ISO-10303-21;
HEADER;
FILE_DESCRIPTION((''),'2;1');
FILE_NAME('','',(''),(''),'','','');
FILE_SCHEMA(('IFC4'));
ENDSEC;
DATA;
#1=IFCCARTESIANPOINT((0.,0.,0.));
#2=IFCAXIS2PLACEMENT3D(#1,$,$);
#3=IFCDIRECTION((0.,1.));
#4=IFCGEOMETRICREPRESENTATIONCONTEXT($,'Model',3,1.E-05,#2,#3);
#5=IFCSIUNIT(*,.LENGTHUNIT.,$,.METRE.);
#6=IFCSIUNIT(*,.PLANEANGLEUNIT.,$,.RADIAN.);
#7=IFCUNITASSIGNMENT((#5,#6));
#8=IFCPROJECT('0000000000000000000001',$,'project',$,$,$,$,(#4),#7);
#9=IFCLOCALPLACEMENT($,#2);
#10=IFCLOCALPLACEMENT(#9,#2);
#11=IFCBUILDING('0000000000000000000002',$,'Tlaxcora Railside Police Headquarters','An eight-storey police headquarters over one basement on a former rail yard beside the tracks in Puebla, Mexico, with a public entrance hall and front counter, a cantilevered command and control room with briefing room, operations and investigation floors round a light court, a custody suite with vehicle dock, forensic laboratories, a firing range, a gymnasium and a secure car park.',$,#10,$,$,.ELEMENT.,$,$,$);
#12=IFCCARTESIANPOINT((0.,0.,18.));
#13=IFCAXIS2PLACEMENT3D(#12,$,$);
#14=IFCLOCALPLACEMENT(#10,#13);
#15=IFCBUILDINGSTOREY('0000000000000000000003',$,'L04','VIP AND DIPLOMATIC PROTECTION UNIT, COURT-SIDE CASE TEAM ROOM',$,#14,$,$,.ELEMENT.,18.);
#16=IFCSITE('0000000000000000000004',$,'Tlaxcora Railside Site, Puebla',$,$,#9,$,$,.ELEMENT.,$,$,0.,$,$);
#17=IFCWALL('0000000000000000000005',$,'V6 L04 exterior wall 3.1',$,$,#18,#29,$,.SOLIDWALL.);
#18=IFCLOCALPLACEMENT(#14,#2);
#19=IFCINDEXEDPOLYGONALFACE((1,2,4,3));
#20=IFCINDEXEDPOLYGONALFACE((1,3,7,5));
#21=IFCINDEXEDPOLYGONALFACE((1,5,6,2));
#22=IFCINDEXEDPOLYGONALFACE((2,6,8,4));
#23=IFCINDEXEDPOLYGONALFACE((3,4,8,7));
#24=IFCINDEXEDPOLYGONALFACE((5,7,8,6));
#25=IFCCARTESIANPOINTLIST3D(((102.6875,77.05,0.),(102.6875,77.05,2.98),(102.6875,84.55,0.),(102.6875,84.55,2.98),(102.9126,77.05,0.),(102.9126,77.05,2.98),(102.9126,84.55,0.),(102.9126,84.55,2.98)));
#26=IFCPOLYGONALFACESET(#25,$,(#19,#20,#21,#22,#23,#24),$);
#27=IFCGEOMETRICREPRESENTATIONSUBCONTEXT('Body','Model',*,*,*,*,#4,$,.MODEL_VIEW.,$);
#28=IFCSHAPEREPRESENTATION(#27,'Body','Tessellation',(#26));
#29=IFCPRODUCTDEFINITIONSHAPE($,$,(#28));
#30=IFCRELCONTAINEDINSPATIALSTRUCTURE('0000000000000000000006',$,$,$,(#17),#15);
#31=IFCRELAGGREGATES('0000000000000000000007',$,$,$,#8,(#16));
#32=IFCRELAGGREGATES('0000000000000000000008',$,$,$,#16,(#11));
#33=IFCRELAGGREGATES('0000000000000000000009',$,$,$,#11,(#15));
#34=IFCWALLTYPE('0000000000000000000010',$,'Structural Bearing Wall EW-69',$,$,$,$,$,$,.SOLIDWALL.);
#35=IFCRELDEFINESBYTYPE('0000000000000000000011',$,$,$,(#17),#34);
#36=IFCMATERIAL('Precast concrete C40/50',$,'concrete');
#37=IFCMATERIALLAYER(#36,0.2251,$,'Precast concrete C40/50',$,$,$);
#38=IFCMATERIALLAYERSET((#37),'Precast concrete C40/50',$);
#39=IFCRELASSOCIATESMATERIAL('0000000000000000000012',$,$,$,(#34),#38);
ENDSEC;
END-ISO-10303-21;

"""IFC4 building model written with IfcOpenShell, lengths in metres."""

from ifc_helpers import new_model, si_unit, direction, frame, frame_2d, origin, place, context, subcontext, project, spatial, rectangle, extrude, material, layer, layer_set, type_object, element, save


model = new_model("IFC4")

# Units and contexts
model_context = context("Model", 3, precision=1e-05, world=origin(), true_north=direction((0.0, 1.0)))
body_context = subcontext(model_context, "Body", "Model", "MODEL_VIEW")
ifc_project = project(units=[si_unit("LENGTHUNIT", "METRE"), si_unit("PLANEANGLEUNIT", "RADIAN")], contexts=[model_context])

# Site, building, storey
site_placement = place(None, origin())
site = spatial("IfcSite", under=ifc_project, at=site_placement, Name="Tlaxcora Railside Site, Puebla", CompositionType="ELEMENT", RefElevation=0.0)
building_placement = place(site_placement, origin())
building = spatial("IfcBuilding", under=site, at=building_placement, Name="Tlaxcora Railside Police Headquarters", Description="An eight-storey police headquarters over one basement on a former rail yard beside the tracks in Puebla, Mexico, with a public entrance hall and front counter, a cantilevered command and control room with briefing room, operations and investigation floors round a light court, a custody suite with vehicle dock, forensic laboratories, a firing range, a gymnasium and a secure car park.", CompositionType="ELEMENT")
storey_placement = place(building_placement, frame((0.0, 0.0, 18.0)))
storey = spatial("IfcBuildingStorey", under=building, at=storey_placement, Name="L04", Description="VIP AND DIPLOMATIC PROTECTION UNIT, COURT-SIDE CASE TEAM ROOM", CompositionType="ELEMENT", Elevation=18.0)

# Shared definitions
ifc_material_1 = material(Name="Precast concrete C40/50", Category="concrete")

# Shared definitions
ifc_layer_1 = layer(ifc_material_1, 0.2251, Name="Precast concrete C40/50")
ifc_layer_set_1 = layer_set([ifc_layer_1], Name="Precast concrete C40/50")
wall_type_1 = type_object("IfcWallType", Name="Structural Bearing Wall EW-69", PredefinedType="SOLIDWALL", material=ifc_layer_set_1)

# Wall
wall_1_placement = place(storey_placement, frame((102.8, 84.55, 0.0), z_axis=(0.0, 0.0, 1.0), x_axis=(0.0, -1.0, 0.0)))
element("IfcWall", 1, at=wall_1_placement, inside=storey, type_object=wall_type_1, Name="V6 L04 exterior wall 3.1", PredefinedType="SOLIDWALL", context=body_context, shape_type="SweptSolid", body=[
    extrude(rectangle(XDim=7.5, YDim=0.2251, at=frame_2d((3.75, 0.0))), origin(), (0.0, 0.0, 1.0), 2.98),
])

save(model, "model.ifc")
